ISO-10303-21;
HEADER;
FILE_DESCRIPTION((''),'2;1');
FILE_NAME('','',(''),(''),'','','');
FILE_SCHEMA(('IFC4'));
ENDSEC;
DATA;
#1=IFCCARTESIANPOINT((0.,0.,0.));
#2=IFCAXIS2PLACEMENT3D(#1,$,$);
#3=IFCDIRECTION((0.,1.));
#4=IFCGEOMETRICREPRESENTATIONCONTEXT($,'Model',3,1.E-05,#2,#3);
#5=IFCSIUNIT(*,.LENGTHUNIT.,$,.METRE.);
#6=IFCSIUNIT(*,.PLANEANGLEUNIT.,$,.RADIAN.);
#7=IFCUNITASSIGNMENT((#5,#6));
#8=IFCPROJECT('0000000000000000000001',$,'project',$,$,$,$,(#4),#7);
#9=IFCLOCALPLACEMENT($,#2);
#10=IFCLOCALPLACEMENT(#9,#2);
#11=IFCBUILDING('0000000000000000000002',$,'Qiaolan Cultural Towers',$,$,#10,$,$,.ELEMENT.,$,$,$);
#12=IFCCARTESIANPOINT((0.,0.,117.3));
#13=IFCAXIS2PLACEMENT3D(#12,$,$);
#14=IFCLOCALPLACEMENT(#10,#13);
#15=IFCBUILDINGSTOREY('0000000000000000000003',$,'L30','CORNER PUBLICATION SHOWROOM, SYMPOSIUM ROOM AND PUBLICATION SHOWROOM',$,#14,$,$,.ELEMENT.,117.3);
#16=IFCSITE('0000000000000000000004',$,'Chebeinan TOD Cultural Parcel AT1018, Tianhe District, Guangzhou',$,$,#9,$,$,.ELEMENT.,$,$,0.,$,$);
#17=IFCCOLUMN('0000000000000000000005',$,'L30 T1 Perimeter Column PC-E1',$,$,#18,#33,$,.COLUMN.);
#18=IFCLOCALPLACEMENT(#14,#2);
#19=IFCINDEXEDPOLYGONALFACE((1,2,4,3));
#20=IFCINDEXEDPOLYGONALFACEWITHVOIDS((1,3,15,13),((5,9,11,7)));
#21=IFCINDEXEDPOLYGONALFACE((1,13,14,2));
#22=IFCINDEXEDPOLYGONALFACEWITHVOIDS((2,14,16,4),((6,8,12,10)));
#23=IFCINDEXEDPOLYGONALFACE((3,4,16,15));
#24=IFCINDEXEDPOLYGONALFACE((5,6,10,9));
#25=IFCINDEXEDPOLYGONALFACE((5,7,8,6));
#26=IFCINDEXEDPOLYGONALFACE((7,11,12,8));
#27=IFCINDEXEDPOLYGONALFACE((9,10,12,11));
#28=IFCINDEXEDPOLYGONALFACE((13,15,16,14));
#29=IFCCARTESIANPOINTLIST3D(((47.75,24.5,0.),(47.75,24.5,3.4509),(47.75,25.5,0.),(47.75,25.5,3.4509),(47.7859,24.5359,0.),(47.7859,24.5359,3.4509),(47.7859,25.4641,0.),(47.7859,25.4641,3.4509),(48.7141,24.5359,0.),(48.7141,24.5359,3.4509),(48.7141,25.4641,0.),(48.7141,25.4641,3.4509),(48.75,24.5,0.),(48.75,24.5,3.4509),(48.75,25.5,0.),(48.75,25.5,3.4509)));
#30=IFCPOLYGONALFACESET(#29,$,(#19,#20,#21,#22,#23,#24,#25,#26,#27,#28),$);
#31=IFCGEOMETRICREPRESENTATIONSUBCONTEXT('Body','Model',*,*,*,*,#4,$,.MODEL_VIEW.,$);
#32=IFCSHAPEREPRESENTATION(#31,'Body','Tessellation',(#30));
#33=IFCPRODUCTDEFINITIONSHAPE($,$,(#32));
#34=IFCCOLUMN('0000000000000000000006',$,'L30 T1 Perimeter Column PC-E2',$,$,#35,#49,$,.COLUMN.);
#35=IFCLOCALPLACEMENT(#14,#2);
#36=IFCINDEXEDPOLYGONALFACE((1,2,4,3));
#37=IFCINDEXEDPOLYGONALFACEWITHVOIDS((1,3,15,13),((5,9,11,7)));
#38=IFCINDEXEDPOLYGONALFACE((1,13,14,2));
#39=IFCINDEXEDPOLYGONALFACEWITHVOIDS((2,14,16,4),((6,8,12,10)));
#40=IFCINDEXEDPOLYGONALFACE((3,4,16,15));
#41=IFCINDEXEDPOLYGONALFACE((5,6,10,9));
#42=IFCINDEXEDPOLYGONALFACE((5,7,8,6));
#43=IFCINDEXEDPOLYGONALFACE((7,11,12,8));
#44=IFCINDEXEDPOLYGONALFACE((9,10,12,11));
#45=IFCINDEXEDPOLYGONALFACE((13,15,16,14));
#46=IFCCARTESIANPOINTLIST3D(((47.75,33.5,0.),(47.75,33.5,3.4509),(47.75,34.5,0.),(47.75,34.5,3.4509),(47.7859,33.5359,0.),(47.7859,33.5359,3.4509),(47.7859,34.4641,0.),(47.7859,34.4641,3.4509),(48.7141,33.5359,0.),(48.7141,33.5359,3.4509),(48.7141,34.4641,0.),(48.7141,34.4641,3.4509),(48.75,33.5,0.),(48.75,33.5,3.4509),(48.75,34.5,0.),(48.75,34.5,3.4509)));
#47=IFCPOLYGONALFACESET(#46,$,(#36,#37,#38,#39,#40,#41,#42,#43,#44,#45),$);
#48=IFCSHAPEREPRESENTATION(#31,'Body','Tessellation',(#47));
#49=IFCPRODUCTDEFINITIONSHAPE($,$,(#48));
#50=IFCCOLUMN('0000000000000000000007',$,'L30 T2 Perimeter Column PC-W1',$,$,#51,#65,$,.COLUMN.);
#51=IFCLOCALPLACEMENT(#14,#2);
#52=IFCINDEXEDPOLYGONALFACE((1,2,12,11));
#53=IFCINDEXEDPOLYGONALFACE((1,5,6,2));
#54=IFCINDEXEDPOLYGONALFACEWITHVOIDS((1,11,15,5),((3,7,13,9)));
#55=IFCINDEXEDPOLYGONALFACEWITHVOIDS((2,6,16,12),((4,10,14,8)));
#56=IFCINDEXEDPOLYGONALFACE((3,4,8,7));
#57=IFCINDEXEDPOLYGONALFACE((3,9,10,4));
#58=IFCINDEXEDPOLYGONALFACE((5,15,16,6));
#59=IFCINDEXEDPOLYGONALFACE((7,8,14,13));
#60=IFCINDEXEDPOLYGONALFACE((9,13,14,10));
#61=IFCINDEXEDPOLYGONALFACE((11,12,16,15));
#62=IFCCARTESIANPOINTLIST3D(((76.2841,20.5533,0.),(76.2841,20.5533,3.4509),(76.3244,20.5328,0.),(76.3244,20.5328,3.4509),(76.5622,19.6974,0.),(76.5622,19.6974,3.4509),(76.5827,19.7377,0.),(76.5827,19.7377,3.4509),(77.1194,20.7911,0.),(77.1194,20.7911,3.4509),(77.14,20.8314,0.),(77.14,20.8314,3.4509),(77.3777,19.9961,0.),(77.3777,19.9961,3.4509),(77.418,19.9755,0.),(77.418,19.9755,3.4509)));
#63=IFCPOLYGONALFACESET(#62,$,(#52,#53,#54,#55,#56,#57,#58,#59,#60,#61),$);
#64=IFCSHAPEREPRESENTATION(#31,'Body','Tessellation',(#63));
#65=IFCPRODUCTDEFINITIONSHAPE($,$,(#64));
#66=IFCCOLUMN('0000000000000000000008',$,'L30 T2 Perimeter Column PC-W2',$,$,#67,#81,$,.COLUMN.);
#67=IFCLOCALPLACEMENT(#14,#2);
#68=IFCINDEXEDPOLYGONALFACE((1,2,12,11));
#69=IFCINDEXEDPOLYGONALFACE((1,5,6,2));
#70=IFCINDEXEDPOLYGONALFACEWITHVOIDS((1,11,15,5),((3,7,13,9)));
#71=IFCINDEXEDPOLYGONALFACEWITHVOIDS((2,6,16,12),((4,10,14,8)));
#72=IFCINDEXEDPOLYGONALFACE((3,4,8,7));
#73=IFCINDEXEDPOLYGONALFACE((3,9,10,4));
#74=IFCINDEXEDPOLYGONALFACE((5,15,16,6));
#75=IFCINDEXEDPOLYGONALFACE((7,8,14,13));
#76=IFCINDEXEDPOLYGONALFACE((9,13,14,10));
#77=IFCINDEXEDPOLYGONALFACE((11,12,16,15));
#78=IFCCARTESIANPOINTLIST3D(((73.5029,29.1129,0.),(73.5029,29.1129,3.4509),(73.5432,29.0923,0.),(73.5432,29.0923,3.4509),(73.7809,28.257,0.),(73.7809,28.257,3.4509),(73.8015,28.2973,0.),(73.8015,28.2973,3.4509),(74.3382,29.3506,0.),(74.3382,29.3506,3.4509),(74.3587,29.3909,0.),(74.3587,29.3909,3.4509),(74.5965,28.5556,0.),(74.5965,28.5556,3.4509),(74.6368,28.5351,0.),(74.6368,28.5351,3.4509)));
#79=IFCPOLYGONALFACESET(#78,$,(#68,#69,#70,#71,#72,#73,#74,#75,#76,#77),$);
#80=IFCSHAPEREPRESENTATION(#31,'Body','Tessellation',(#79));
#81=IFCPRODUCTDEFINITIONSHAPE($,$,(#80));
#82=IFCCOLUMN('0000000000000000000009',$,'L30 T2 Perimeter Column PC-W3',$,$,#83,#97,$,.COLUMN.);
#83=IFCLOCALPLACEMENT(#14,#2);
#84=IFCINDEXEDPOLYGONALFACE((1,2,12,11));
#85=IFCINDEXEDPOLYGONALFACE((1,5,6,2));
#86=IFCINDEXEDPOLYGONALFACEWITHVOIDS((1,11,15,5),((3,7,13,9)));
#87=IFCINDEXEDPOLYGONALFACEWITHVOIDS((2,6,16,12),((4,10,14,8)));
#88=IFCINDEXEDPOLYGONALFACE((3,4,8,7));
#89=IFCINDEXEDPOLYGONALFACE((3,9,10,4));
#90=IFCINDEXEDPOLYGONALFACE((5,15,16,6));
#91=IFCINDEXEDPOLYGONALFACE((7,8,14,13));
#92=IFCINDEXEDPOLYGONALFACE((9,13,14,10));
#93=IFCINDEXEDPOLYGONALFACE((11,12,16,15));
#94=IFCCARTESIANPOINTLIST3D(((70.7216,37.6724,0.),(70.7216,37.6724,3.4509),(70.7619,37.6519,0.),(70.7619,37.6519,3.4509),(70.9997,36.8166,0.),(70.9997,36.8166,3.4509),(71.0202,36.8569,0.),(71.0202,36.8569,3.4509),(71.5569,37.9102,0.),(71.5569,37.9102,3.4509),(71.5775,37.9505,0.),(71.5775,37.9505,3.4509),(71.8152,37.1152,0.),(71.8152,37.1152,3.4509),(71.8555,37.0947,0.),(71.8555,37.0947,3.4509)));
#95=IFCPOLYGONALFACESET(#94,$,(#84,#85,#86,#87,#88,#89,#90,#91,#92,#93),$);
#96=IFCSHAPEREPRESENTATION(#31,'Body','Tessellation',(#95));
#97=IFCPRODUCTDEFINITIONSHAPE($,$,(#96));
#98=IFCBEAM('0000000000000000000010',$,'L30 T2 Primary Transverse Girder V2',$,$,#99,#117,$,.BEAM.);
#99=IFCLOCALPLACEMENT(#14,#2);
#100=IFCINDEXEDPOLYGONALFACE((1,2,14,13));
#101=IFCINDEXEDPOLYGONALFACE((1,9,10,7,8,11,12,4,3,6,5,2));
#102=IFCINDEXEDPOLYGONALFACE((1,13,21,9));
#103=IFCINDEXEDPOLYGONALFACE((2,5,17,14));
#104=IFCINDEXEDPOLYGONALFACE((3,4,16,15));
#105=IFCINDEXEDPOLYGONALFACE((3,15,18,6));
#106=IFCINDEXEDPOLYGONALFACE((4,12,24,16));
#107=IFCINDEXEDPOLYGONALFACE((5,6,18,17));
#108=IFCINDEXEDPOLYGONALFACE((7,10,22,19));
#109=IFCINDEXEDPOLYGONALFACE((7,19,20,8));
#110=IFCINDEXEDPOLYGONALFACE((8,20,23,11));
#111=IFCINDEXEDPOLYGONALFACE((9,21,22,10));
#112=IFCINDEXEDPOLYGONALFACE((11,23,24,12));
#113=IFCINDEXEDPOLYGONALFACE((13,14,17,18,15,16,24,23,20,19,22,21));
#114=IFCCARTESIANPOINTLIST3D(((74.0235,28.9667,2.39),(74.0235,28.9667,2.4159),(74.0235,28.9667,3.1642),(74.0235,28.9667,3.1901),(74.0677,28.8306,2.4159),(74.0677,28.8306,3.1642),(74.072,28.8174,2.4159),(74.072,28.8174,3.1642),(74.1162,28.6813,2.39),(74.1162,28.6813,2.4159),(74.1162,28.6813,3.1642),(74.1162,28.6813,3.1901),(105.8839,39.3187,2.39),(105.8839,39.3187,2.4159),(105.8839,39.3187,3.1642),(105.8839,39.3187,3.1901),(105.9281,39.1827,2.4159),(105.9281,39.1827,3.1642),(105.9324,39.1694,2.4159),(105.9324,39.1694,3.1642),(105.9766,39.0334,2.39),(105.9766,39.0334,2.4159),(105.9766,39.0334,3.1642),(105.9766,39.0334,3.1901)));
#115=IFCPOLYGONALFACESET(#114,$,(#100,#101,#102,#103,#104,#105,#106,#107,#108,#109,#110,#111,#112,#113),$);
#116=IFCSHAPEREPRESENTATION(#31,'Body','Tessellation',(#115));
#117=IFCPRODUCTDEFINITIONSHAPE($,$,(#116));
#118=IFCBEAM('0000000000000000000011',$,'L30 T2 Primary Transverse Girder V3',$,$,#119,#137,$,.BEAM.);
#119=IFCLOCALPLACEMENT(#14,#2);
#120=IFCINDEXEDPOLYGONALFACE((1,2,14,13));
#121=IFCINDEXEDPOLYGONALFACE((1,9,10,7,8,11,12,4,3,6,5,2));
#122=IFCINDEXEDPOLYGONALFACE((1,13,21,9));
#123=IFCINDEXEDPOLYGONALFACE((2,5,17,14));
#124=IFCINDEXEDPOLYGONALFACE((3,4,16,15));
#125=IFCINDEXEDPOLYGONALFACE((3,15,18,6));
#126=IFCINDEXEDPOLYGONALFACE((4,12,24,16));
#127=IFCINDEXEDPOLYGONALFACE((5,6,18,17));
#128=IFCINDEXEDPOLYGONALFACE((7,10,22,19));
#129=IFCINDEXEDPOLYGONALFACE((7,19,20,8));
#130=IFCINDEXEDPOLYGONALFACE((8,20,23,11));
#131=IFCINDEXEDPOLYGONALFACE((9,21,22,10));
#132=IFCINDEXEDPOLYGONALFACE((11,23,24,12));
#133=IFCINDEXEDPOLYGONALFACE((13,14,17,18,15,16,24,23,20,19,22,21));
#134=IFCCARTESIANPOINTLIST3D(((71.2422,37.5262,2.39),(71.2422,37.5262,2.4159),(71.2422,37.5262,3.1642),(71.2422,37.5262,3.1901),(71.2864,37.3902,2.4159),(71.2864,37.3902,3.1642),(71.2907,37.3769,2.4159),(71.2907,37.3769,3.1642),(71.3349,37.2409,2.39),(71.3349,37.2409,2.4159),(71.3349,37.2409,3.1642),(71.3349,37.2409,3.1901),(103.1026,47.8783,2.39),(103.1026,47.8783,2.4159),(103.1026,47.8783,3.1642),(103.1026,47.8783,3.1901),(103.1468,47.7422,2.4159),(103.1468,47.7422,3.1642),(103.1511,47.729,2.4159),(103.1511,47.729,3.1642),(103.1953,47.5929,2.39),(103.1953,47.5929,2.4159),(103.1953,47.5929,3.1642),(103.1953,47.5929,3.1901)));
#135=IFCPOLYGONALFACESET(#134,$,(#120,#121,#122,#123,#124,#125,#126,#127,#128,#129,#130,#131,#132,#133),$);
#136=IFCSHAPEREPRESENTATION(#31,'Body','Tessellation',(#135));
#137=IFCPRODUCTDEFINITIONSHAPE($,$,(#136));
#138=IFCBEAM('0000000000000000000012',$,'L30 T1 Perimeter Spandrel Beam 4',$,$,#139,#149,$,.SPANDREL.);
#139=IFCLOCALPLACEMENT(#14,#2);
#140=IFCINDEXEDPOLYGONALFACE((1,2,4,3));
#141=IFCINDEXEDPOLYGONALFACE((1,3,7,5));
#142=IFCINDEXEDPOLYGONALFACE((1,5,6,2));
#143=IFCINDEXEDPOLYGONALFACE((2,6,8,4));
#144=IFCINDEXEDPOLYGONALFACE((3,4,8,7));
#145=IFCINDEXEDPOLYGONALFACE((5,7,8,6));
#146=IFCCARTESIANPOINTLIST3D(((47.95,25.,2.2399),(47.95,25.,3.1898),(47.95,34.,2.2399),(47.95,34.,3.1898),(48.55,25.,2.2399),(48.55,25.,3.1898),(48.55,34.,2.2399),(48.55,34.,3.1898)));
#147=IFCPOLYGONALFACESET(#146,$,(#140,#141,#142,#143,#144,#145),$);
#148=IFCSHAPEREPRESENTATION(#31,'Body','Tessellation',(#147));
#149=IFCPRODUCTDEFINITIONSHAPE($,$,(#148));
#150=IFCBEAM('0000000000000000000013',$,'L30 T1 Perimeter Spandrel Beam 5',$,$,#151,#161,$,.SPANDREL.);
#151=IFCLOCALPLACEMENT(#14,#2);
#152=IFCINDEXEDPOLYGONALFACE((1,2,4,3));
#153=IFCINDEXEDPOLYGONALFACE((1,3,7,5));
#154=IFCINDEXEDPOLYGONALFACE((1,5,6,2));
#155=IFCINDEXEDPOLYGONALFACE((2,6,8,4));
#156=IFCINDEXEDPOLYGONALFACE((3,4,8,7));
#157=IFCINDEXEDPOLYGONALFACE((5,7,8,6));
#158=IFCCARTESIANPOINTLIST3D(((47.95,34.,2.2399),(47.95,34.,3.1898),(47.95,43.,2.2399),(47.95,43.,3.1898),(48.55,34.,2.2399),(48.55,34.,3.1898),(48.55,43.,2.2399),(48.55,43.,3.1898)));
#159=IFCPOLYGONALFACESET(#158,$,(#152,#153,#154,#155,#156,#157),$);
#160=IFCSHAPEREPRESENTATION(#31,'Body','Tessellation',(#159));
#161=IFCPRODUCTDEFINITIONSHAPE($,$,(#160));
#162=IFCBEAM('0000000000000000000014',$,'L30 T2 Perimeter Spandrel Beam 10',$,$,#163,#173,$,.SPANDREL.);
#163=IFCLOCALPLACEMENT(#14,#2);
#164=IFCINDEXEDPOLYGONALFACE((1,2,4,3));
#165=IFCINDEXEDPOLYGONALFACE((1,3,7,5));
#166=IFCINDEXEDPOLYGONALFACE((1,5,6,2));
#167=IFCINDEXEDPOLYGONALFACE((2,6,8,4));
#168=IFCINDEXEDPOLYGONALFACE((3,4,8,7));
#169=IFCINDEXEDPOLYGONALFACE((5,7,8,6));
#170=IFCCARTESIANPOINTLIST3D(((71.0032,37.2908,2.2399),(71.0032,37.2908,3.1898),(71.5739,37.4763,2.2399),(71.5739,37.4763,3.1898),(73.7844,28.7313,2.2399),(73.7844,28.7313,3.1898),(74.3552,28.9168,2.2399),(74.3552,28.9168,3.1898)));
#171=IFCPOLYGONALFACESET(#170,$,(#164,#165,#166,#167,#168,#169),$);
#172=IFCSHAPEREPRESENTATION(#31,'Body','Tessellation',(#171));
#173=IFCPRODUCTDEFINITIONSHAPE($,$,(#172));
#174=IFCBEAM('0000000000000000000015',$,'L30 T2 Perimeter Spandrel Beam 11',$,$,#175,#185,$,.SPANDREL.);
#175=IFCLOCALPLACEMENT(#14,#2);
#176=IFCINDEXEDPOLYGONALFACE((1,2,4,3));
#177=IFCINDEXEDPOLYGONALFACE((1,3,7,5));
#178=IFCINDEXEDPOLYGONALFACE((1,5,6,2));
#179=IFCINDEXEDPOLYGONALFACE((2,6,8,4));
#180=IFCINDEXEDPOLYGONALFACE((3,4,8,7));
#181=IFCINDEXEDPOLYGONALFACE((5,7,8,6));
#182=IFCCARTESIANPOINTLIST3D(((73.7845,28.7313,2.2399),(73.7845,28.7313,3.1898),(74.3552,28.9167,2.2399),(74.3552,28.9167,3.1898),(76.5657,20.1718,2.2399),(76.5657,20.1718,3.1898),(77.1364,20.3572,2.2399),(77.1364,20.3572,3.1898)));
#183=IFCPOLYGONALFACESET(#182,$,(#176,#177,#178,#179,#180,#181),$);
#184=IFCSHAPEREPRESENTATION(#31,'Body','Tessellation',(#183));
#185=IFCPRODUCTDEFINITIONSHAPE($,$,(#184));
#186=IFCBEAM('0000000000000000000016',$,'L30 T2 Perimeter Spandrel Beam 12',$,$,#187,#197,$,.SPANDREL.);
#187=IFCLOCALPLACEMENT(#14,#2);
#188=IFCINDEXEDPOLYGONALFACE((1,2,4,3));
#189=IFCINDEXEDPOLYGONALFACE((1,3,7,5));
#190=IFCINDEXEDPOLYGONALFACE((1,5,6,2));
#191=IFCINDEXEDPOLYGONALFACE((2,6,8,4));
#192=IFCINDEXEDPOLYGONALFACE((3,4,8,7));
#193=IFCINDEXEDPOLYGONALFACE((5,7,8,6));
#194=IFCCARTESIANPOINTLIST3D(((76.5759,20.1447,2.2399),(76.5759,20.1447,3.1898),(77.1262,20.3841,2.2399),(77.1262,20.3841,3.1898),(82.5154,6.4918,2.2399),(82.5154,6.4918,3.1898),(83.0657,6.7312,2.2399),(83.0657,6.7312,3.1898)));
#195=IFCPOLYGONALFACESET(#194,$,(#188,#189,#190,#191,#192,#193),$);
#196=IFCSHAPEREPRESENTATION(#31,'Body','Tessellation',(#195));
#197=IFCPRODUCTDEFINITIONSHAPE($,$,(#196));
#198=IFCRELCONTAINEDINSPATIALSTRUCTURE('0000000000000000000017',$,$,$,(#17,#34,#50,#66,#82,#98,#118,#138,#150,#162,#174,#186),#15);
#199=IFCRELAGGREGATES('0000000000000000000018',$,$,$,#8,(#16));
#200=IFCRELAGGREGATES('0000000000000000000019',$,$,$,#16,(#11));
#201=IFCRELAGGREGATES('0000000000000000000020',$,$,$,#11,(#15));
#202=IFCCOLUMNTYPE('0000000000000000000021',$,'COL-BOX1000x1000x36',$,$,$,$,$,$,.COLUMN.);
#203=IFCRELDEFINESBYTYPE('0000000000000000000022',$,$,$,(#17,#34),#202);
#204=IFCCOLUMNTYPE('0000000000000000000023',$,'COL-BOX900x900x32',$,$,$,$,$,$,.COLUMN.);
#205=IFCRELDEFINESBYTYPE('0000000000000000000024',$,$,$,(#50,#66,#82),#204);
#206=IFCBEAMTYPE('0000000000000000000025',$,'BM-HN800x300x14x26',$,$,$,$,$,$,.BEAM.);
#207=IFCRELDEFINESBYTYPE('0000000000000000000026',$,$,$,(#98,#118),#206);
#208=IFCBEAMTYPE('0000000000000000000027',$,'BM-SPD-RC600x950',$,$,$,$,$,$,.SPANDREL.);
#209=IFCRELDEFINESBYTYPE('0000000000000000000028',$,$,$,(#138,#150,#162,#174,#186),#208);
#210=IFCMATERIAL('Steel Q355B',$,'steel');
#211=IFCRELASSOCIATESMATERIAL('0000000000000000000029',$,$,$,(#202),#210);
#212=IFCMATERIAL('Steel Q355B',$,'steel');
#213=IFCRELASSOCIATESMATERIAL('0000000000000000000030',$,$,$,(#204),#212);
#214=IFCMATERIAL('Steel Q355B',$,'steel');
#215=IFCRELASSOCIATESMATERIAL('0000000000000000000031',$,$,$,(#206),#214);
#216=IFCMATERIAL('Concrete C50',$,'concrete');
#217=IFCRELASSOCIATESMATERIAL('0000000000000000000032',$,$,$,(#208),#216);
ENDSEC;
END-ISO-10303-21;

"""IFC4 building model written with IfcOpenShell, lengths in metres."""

from ifc_helpers import new_model, si_unit, direction, frame, origin, origin_2d, place, context, subcontext, project, spatial, rectangle, hollow_rectangle, i_section, extrude, material, material_profile, profile_set, type_object, element, save


model = new_model("IFC4")

# Units and contexts
model_context = context("Model", 3, precision=1e-05, world=origin(), true_north=direction((0.0, 1.0)))
body_context = subcontext(model_context, "Body", "Model", "MODEL_VIEW")
ifc_project = project(units=[si_unit("LENGTHUNIT", "METRE"), si_unit("PLANEANGLEUNIT", "RADIAN")], contexts=[model_context])

# Site, building, storey
site_placement = place(None, origin())
site = spatial("IfcSite", under=ifc_project, at=site_placement, Name="Chebeinan TOD Cultural Parcel AT1018, Tianhe District, Guangzhou", CompositionType="ELEMENT", RefElevation=0.0)
building_placement = place(site_placement, origin())
building = spatial("IfcBuilding", under=site, at=building_placement, Name="Qiaolan Cultural Towers", CompositionType="ELEMENT")
storey_placement = place(building_placement, frame((0.0, 0.0, 117.3)))
storey = spatial("IfcBuildingStorey", under=building, at=storey_placement, Name="L30", Description="CORNER PUBLICATION SHOWROOM, SYMPOSIUM ROOM AND PUBLICATION SHOWROOM", CompositionType="ELEMENT", Elevation=117.3)

# Columns
ifc_material_1 = material(Name="Steel Q355B", Category="steel")
ifc_material_profile_1 = material_profile(ifc_material_1, hollow_rectangle(XDim=1.0, YDim=1.0, WallThickness=0.0359, at=origin_2d()), Name="BOX1000x1000x36")
ifc_profile_set_1 = profile_set([ifc_material_profile_1], Name="Steel Q355B")
column_type_1 = type_object("IfcColumnType", Name="COL-BOX1000x1000x36", PredefinedType="COLUMN", material=ifc_profile_set_1)
for number, where, z_axis, x_axis, name in (
    (1, (48.25, 25.0, 0.0), (0.0, 0.0, 1.0), (1.0, 0.0, 0.0), "L30 T1 Perimeter Column PC-E1"),
    (2, (48.25, 34.0, 0.0), (0.0, 0.0, 1.0), (1.0, 0.0, 0.0), "L30 T1 Perimeter Column PC-E2"),
):
    element("IfcColumn", number, at=place(storey_placement, frame(where, z_axis=z_axis, x_axis=x_axis)), inside=storey, type_object=column_type_1, Name=name, PredefinedType="COLUMN", context=body_context, shape_type="SweptSolid", body=[
        extrude(hollow_rectangle(XDim=1.0, YDim=1.0, WallThickness=0.0359, at=origin_2d()), origin(), (0.0, 0.0, 1.0), 3.4509),
    ])
ifc_material_2 = material(Name="Steel Q355B", Category="steel")
ifc_material_profile_2 = material_profile(ifc_material_2, hollow_rectangle(XDim=0.8999, YDim=0.8999, WallThickness=0.032, at=origin_2d()), Name="BOX900x900x32")
ifc_profile_set_2 = profile_set([ifc_material_profile_2], Name="Steel Q355B")
column_type_2 = type_object("IfcColumnType", Name="COL-BOX900x900x32", PredefinedType="COLUMN", material=ifc_profile_set_2)
for number, where, z_axis, x_axis, name in (
    (3, (76.8511, 20.2644, 0.0), (0.0, 0.0, 1.0), (0.951057, 0.309017, 0.0), "L30 T2 Perimeter Column PC-W1"),
    (4, (74.0698, 28.824, 0.0), (0.0, 0.0, 1.0), (0.951057, 0.309017, 0.0), "L30 T2 Perimeter Column PC-W2"),
    (5, (71.2886, 37.3835, 0.0), (0.0, 0.0, 1.0), (0.951057, 0.309017, 0.0), "L30 T2 Perimeter Column PC-W3"),
):
    element("IfcColumn", number, at=place(storey_placement, frame(where, z_axis=z_axis, x_axis=x_axis)), inside=storey, type_object=column_type_2, Name=name, PredefinedType="COLUMN", context=body_context, shape_type="SweptSolid", body=[
        extrude(hollow_rectangle(XDim=0.8999, YDim=0.8999, WallThickness=0.032, at=origin_2d()), origin(), (0.0, 0.0, 1.0), 3.4509),
    ])

# Beams
ifc_material_3 = material(Name="Steel Q355B", Category="steel")
ifc_material_profile_3 = material_profile(ifc_material_3, i_section(OverallWidth=0.3, OverallDepth=0.8, WebThickness=0.0139, FlangeThickness=0.0259, at=origin_2d()), Name="HN800x300x14x26")
ifc_profile_set_3 = profile_set([ifc_material_profile_3], Name="Steel Q355B")
beam_type_1 = type_object("IfcBeamType", Name="BM-HN800x300x14x26", PredefinedType="BEAM", material=ifc_profile_set_3)
for number, where, z_axis, x_axis, name in (
    (6, (74.0698, 28.824, 2.79), (0.951057, 0.309017, 0.0), (-0.309017, 0.951057, 0.0), "L30 T2 Primary Transverse Girder V2"),
    (7, (71.2886, 37.3835, 2.79), (0.951057, 0.309017, 0.0), (-0.309017, 0.951057, 0.0), "L30 T2 Primary Transverse Girder V3"),
):
    element("IfcBeam", number, at=place(storey_placement, frame(where, z_axis=z_axis, x_axis=x_axis)), inside=storey, type_object=beam_type_1, Name=name, PredefinedType="BEAM", context=body_context, shape_type="SweptSolid", body=[
        extrude(i_section(OverallWidth=0.3, OverallDepth=0.8, WebThickness=0.0139, FlangeThickness=0.0259, at=origin_2d()), origin(), (0.0, 0.0, 1.0), 33.5),
    ])
ifc_material_4 = material(Name="Concrete C50", Category="concrete")
ifc_material_profile_4 = material_profile(ifc_material_4, rectangle(XDim=0.6001, YDim=0.95, at=origin_2d()), Name="RC600x950")
ifc_profile_set_4 = profile_set([ifc_material_profile_4], Name="Concrete C50")
beam_type_2 = type_object("IfcBeamType", Name="BM-SPD-RC600x950", PredefinedType="SPANDREL", material=ifc_profile_set_4)
for number, where, z_axis, x_axis, name in (
    (8, (48.25, 25.0, 2.7148), (0.0, 1.0, 0.0), (-1.0, 0.0, 0.0), "L30 T1 Perimeter Spandrel Beam 4"),
    (9, (48.25, 34.0, 2.7148), (0.0, 1.0, 0.0), (-1.0, 0.0, 0.0), "L30 T1 Perimeter Spandrel Beam 5"),
    (10, (71.2886, 37.3835, 2.7148), (0.309025, -0.951054, 0.0), (0.951054, 0.309025, 0.0), "L30 T2 Perimeter Spandrel Beam 10"),
    (11, (74.0698, 28.824, 2.7148), (0.309025, -0.951054, 0.0), (0.951054, 0.309025, 0.0), "L30 T2 Perimeter Spandrel Beam 11"),
):
    element("IfcBeam", number, at=place(storey_placement, frame(where, z_axis=z_axis, x_axis=x_axis)), inside=storey, type_object=beam_type_2, Name=name, PredefinedType="SPANDREL", context=body_context, shape_type="SweptSolid", body=[
        extrude(rectangle(XDim=0.6001, YDim=0.95, at=origin_2d()), origin(), (0.0, 0.0, 1.0), 9.0),
    ])
beam_placement = place(storey_placement, frame((76.8511, 20.2644, 2.7148), z_axis=(0.39892, -0.916986, 0.0), x_axis=(0.916986, 0.39892, 0.0)))
element("IfcBeam", 12, at=beam_placement, inside=storey, type_object=beam_type_2, Name="L30 T2 Perimeter Spandrel Beam 12", PredefinedType="SPANDREL", context=body_context, shape_type="SweptSolid", body=[
    extrude(rectangle(XDim=0.6001, YDim=0.95, at=origin_2d()), origin(), (0.0, 0.0, 1.0), 14.8889),
])

save(model, "model.ifc")
